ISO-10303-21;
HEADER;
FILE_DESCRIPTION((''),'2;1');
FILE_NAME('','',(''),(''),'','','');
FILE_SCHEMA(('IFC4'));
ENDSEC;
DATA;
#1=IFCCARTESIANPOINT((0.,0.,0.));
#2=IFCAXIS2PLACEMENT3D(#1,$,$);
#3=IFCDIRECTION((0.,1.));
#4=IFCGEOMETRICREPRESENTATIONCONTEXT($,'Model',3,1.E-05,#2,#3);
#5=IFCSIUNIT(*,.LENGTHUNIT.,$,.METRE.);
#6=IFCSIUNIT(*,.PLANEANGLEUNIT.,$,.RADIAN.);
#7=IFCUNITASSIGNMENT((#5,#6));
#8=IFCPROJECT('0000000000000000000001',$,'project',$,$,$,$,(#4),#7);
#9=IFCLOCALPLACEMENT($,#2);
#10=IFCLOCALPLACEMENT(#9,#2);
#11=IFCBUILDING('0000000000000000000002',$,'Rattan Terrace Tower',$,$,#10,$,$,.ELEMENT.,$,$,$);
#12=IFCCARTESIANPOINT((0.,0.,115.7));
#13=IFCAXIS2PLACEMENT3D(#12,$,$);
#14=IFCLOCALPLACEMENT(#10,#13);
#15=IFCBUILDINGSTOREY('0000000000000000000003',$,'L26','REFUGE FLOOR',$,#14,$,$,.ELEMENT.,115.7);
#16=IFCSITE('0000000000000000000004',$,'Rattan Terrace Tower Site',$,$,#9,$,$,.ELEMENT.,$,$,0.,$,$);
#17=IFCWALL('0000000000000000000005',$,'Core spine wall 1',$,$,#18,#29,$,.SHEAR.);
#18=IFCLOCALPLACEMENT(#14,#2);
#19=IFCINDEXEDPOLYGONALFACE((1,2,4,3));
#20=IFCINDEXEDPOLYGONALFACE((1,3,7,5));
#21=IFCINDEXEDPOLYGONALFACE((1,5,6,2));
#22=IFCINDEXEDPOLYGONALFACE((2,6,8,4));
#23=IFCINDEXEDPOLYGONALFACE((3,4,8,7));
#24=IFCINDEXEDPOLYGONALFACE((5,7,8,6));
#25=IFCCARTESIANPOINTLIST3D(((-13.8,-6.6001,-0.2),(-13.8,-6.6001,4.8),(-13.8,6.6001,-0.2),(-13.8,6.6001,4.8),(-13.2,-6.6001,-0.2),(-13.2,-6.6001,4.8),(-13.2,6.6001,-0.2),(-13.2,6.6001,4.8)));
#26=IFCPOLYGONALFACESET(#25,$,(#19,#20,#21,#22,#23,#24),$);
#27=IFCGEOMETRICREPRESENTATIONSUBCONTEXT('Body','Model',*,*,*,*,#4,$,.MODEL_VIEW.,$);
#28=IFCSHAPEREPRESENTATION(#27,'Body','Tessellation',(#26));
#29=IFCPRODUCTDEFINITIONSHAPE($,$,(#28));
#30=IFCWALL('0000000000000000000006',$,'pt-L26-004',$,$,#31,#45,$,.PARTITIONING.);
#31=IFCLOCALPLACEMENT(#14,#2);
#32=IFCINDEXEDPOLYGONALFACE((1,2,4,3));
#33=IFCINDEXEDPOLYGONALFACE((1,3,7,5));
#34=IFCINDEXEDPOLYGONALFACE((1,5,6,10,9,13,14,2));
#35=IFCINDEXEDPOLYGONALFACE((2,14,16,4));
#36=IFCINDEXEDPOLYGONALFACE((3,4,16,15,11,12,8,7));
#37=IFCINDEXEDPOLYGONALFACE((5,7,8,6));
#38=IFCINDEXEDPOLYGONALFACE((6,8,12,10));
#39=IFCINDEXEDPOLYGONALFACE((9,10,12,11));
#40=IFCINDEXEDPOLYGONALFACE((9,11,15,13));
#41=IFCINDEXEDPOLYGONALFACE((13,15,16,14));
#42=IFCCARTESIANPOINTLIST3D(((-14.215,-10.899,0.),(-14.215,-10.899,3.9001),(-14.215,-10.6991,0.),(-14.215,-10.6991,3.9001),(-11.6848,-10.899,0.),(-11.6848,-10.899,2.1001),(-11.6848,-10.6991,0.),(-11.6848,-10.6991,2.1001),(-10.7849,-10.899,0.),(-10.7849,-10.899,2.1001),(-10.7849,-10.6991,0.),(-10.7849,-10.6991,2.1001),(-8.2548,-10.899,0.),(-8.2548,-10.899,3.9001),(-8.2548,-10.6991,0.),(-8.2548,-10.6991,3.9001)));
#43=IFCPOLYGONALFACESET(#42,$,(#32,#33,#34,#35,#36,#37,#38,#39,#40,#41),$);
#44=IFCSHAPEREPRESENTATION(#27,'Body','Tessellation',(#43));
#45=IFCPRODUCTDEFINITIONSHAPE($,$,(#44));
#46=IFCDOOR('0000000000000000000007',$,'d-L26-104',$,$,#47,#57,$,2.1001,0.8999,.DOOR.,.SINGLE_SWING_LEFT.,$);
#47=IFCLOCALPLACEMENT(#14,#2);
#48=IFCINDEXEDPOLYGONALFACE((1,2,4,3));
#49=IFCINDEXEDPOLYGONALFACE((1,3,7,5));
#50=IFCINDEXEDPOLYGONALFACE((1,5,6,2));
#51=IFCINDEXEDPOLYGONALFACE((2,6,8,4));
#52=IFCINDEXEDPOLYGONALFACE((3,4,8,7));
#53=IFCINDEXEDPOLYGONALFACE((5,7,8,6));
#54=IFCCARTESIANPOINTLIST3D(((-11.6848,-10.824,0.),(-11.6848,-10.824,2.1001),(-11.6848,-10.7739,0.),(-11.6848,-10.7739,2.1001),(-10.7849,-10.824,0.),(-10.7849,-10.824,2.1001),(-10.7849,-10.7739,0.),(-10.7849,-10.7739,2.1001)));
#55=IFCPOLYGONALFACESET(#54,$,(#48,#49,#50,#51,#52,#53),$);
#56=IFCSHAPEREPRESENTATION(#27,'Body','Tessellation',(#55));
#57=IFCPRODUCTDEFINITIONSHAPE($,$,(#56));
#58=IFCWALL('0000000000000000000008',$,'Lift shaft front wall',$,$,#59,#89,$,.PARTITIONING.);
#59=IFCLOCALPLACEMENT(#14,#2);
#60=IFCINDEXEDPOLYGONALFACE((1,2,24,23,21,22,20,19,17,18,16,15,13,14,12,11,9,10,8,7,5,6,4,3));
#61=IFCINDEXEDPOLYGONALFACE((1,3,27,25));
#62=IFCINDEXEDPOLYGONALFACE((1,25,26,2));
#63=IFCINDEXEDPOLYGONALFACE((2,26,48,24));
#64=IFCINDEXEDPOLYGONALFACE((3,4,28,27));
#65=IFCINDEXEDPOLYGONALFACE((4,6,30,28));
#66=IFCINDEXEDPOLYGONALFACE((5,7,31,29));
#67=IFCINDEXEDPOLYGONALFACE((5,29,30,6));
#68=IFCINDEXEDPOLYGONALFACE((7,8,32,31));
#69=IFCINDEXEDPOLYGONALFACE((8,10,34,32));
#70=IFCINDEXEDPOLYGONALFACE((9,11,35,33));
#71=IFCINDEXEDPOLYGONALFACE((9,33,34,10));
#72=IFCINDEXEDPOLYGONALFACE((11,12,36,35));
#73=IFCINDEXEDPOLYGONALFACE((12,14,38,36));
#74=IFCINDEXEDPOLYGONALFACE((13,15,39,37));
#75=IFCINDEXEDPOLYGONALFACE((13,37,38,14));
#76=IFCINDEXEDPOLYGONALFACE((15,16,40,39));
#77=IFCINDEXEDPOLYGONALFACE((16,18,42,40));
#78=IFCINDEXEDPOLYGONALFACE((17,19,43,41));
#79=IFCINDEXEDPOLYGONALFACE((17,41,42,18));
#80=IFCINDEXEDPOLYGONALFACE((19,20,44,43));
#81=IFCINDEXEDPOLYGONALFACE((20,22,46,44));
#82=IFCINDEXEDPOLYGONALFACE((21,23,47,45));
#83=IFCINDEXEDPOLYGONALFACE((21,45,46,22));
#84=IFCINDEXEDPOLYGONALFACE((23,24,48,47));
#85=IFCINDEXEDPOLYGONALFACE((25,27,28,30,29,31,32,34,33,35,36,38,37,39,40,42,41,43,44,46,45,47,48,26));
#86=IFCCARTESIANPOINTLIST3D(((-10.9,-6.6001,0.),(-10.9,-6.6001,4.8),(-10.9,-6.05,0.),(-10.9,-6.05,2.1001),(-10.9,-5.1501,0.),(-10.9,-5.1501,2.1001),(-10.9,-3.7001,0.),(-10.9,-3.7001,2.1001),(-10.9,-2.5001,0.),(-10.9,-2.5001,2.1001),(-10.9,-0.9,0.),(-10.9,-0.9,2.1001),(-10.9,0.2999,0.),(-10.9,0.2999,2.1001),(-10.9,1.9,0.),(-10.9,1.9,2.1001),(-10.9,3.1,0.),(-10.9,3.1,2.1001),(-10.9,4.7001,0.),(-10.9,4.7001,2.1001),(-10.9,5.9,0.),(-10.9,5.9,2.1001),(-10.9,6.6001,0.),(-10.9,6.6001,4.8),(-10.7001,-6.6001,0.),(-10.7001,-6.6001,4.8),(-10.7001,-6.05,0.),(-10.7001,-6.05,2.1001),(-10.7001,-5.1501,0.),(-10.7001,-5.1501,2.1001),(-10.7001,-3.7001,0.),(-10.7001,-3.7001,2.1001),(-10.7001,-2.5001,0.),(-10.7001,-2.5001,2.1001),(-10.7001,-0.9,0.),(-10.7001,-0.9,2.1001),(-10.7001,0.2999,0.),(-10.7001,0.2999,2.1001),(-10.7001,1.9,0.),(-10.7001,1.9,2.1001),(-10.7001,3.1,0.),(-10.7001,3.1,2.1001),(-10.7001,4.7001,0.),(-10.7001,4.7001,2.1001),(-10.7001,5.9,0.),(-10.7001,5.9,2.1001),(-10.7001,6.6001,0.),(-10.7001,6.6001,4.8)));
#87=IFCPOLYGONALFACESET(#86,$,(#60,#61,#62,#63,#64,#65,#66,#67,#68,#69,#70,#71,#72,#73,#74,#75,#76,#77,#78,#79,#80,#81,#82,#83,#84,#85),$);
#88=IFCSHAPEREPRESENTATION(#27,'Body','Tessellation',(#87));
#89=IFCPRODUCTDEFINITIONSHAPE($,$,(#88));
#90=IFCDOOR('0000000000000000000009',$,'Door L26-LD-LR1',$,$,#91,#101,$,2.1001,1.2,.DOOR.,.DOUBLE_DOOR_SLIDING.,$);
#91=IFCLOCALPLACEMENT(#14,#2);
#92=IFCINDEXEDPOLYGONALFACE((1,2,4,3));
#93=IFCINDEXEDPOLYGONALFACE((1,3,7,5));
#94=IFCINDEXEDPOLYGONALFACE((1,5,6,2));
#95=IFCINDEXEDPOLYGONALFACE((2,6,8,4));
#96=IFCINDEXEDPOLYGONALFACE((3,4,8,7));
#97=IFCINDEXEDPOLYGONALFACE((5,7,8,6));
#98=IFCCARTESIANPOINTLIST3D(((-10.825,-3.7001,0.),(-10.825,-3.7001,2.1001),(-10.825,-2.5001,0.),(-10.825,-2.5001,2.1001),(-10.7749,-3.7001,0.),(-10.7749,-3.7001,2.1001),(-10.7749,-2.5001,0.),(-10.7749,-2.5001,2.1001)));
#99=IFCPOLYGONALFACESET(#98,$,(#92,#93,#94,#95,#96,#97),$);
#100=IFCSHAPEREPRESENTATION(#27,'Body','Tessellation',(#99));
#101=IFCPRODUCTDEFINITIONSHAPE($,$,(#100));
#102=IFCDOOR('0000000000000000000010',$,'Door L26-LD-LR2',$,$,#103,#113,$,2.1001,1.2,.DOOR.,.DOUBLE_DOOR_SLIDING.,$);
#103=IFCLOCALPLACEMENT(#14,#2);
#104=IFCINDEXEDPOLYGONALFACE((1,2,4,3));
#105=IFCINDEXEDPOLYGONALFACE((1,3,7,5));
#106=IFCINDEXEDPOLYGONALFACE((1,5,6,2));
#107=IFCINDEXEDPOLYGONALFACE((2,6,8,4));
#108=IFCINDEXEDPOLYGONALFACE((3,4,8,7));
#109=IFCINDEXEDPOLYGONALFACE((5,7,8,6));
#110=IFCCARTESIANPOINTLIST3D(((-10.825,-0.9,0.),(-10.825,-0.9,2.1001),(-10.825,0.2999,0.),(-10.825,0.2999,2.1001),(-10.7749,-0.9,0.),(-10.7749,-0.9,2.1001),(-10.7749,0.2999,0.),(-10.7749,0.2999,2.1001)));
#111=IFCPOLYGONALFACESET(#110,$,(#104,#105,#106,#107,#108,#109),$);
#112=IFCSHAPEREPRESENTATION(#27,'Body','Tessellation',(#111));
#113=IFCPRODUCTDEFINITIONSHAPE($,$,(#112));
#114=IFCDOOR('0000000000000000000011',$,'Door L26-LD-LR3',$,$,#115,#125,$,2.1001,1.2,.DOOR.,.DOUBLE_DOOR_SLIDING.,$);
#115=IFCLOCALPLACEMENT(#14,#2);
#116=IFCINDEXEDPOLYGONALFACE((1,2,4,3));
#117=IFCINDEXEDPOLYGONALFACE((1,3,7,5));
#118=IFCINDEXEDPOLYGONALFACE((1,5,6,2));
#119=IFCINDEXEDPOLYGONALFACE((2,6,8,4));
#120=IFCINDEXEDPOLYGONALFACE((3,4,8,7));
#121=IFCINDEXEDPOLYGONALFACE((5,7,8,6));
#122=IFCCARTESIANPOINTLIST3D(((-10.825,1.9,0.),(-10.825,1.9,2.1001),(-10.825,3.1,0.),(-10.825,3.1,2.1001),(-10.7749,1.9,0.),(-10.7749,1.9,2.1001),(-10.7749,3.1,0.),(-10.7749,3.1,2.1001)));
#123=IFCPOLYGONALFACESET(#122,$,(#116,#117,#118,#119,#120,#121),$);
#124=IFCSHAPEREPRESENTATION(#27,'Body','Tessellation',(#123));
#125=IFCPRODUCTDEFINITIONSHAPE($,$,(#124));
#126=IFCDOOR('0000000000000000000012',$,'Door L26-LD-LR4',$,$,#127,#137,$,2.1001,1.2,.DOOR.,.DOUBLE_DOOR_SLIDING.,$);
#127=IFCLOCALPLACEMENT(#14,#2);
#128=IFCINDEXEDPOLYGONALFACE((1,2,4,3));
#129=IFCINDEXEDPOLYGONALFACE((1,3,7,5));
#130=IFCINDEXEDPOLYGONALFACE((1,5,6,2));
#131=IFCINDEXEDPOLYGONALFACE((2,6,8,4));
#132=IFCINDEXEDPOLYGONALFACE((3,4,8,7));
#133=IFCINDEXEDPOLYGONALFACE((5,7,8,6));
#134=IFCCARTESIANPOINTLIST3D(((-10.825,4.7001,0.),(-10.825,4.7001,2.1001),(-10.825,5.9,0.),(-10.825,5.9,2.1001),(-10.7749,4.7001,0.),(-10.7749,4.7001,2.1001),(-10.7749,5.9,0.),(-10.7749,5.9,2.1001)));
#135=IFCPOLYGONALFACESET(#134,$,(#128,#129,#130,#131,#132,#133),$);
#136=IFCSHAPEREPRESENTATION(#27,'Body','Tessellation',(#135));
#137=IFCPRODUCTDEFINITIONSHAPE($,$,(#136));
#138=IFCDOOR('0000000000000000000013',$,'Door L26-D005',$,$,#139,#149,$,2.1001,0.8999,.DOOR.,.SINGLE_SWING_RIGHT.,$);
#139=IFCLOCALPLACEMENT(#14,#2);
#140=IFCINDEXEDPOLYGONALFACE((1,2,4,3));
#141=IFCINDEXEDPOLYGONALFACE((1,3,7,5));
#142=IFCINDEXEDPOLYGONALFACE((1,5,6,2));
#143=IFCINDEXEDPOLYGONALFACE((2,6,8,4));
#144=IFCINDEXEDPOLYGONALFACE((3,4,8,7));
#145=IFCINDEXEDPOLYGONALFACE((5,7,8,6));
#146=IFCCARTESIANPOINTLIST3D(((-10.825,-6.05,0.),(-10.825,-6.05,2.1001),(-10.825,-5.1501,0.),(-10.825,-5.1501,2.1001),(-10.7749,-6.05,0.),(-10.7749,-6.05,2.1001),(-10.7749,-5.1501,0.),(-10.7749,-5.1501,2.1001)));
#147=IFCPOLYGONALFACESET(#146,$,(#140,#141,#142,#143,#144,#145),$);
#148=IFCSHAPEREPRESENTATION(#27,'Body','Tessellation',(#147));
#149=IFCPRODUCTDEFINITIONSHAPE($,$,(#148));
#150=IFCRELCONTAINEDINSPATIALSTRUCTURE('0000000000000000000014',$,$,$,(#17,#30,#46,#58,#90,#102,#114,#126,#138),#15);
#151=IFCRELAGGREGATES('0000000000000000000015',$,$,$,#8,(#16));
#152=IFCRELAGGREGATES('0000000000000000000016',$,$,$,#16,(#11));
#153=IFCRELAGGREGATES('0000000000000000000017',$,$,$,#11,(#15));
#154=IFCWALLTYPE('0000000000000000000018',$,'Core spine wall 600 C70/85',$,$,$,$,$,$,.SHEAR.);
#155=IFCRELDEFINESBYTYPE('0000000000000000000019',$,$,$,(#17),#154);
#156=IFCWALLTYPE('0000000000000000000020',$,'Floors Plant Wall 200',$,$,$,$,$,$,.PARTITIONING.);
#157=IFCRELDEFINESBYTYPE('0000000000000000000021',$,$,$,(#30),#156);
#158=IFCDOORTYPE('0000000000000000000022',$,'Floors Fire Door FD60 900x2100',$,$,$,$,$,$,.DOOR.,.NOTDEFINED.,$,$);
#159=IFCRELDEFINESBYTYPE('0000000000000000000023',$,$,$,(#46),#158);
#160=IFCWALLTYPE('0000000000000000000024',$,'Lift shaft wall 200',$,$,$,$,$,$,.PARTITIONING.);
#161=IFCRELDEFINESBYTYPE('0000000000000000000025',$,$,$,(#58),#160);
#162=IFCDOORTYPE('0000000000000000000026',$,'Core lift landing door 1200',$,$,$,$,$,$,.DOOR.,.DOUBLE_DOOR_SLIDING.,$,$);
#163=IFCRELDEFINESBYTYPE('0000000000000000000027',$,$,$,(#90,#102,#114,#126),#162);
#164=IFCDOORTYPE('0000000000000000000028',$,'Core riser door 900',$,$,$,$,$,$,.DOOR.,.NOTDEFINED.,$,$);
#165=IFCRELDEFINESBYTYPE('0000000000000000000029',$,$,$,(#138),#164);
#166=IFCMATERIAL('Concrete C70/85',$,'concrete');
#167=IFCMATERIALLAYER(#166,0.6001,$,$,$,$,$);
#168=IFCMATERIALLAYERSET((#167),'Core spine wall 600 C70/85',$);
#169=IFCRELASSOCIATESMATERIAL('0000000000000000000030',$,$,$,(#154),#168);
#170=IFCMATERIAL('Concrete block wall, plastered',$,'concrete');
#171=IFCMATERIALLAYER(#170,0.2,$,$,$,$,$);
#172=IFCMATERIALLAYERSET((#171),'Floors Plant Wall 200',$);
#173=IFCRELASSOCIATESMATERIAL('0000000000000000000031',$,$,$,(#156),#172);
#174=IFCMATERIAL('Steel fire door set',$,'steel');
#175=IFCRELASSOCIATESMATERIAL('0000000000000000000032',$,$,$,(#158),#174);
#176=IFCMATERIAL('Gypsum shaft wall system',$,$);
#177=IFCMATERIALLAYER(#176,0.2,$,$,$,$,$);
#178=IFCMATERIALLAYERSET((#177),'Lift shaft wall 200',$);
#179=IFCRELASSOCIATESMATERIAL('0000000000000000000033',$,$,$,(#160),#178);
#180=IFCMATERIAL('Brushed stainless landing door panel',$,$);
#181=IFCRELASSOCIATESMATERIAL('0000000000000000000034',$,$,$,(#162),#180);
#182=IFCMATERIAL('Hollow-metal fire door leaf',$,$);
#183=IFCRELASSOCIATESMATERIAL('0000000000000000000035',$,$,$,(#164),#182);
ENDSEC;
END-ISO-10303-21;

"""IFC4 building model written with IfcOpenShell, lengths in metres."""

from ifc_helpers import new_model, si_unit, direction, frame, frame_2d, origin, place, context, subcontext, project, spatial, rectangle, extrude, material, layer, layer_set, type_object, element, fill, save


model = new_model("IFC4")

# Units and contexts
model_context = context("Model", 3, precision=1e-05, world=origin(), true_north=direction((0.0, 1.0)))
body_context = subcontext(model_context, "Body", "Model", "MODEL_VIEW")
ifc_project = project(units=[si_unit("LENGTHUNIT", "METRE"), si_unit("PLANEANGLEUNIT", "RADIAN")], contexts=[model_context])

# Site, building, storey
site_placement = place(None, origin())
site = spatial("IfcSite", under=ifc_project, at=site_placement, Name="Rattan Terrace Tower Site", CompositionType="ELEMENT", RefElevation=0.0)
building_placement = place(site_placement, origin())
building = spatial("IfcBuilding", under=site, at=building_placement, Name="Rattan Terrace Tower", CompositionType="ELEMENT")
storey_placement = place(building_placement, frame((0.0, 0.0, 115.7)))
storey = spatial("IfcBuildingStorey", under=building, at=storey_placement, Name="L26", Description="REFUGE FLOOR", CompositionType="ELEMENT", Elevation=115.7)

# Wall
ifc_material_1 = material(Name="Concrete C70/85", Category="concrete")
ifc_layer_1 = layer(ifc_material_1, 0.6001)
ifc_layer_set_1 = layer_set([ifc_layer_1], Name="Core spine wall 600 C70/85")
wall_type_1 = type_object("IfcWallType", Name="Core spine wall 600 C70/85", PredefinedType="SHEAR", material=ifc_layer_set_1)
wall_1_placement = place(storey_placement, frame((-13.5, -6.6001, -0.2), z_axis=(0.0, 0.0, 1.0), x_axis=(0.0, 1.0, 0.0)))
element("IfcWall", 1, at=wall_1_placement, inside=storey, type_object=wall_type_1, Name="Core spine wall 1", PredefinedType="SHEAR", context=body_context, shape_type="SweptSolid", body=[
    extrude(rectangle(XDim=13.2002, YDim=0.6001, at=frame_2d((6.6001, 0.0))), origin(), (0.0, 0.0, 1.0), 5.0),
])

# Wall, opening, door
ifc_material_2 = material(Name="Concrete block wall, plastered", Category="concrete")
ifc_layer_2 = layer(ifc_material_2, 0.2)
ifc_layer_set_2 = layer_set([ifc_layer_2], Name="Floors Plant Wall 200")
wall_type_2 = type_object("IfcWallType", Name="Floors Plant Wall 200", PredefinedType="PARTITIONING", material=ifc_layer_set_2)
wall_2_placement = place(storey_placement, frame((-8.2549, -10.7991, 0.0), z_axis=(0.0, 0.0, 1.0), x_axis=(-1.0, 0.0, 0.0)))
wall_2 = element("IfcWall", 2, at=wall_2_placement, inside=storey, type_object=wall_type_2, Name="pt-L26-004", PredefinedType="PARTITIONING", context=body_context, shape_type="SweptSolid", body=[
    extrude(rectangle(XDim=5.9602, YDim=0.2, at=frame_2d((2.98, 0.0))), origin(), (0.0, 0.0, 1.0), 3.9001),
])
opening_1_placement = place(wall_2_placement, frame((2.53, 0.0, 0.0)))
opening_1 = element("IfcOpeningElement", 3, at=opening_1_placement, cuts=wall_2, PredefinedType="OPENING", context=body_context, shape_type="SweptSolid", body=[
    extrude(rectangle(XDim=0.8999, YDim=2.1001, at=frame_2d((0.45, 1.05))), frame((0.0, 0.1106, 0.0), z_axis=(0.0, -1.0, 0.0), x_axis=(1.0, 0.0, 0.0)), (0.0, 0.0, 1.0), 0.2209),
])
ifc_material_3 = material(Name="Steel fire door set", Category="steel")
door_type_1 = type_object("IfcDoorType", Name="Floors Fire Door FD60 900x2100", OperationType="NOTDEFINED", PredefinedType="DOOR", material=ifc_material_3)
door_1_placement = place(opening_1_placement, origin())
door_1 = element("IfcDoor", 4, at=door_1_placement, inside=storey, type_object=door_type_1, Name="d-L26-104", OperationType="SINGLE_SWING_LEFT", OverallHeight=2.1001, OverallWidth=0.8999, PredefinedType="DOOR", context=body_context, shape_type="SweptSolid", body=[
    extrude(rectangle(XDim=0.8999, YDim=2.1001, at=frame_2d((0.45, 1.05))), frame((0.0, 0.0249, 0.0), z_axis=(0.0, -1.0, 0.0), x_axis=(1.0, 0.0, 0.0)), (0.0, 0.0, 1.0), 0.05),
])
fill(opening_1, door_1)

# Wall, openings, doors
ifc_material_4 = material(Name="Gypsum shaft wall system")
ifc_layer_3 = layer(ifc_material_4, 0.2)
ifc_layer_set_3 = layer_set([ifc_layer_3], Name="Lift shaft wall 200")
wall_type_3 = type_object("IfcWallType", Name="Lift shaft wall 200", PredefinedType="PARTITIONING", material=ifc_layer_set_3)
wall_3_placement = place(storey_placement, frame((-10.8, -6.6001, 0.0), z_axis=(0.0, 0.0, 1.0), x_axis=(0.0, 1.0, 0.0)))
wall_3 = element("IfcWall", 5, at=wall_3_placement, inside=storey, type_object=wall_type_3, Name="Lift shaft front wall", PredefinedType="PARTITIONING", context=body_context, shape_type="SweptSolid", body=[
    extrude(rectangle(XDim=13.2002, YDim=0.2, at=frame_2d((6.6001, 0.0))), origin(), (0.0, 0.0, 1.0), 4.8),
])
opening_2_placement = place(wall_3_placement, frame((0.55, 0.0, 0.0)))
opening_2 = element("IfcOpeningElement", 6, at=opening_2_placement, cuts=wall_3, PredefinedType="OPENING", context=body_context, shape_type="SweptSolid", body=[
    extrude(rectangle(XDim=0.8999, YDim=2.1001, at=frame_2d((0.45, 1.05))), frame((0.0, 0.1106, 0.0), z_axis=(0.0, -1.0, 0.0), x_axis=(1.0, 0.0, 0.0)), (0.0, 0.0, 1.0), 0.2209),
])
opening_3_placement = place(wall_3_placement, frame((2.8999, 0.0, 0.0)))
opening_3 = element("IfcOpeningElement", 7, at=opening_3_placement, cuts=wall_3, PredefinedType="OPENING", context=body_context, shape_type="SweptSolid", body=[
    extrude(rectangle(XDim=1.2, YDim=2.1001, at=frame_2d((0.6001, 1.05))), frame((0.0, 0.1106, 0.0), z_axis=(0.0, -1.0, 0.0), x_axis=(1.0, 0.0, 0.0)), (0.0, 0.0, 1.0), 0.2209),
])
opening_4_placement = place(wall_3_placement, frame((5.7, 0.0, 0.0)))
opening_4 = element("IfcOpeningElement", 8, at=opening_4_placement, cuts=wall_3, PredefinedType="OPENING", context=body_context, shape_type="SweptSolid", body=[
    extrude(rectangle(XDim=1.2, YDim=2.1001, at=frame_2d((0.6001, 1.05))), frame((0.0, 0.1106, 0.0), z_axis=(0.0, -1.0, 0.0), x_axis=(1.0, 0.0, 0.0)), (0.0, 0.0, 1.0), 0.2209),
])
opening_5_placement = place(wall_3_placement, frame((8.5, 0.0, 0.0)))
opening_5 = element("IfcOpeningElement", 9, at=opening_5_placement, cuts=wall_3, PredefinedType="OPENING", context=body_context, shape_type="SweptSolid", body=[
    extrude(rectangle(XDim=1.2, YDim=2.1001, at=frame_2d((0.6001, 1.05))), frame((0.0, 0.1106, 0.0), z_axis=(0.0, -1.0, 0.0), x_axis=(1.0, 0.0, 0.0)), (0.0, 0.0, 1.0), 0.2209),
])
opening_6_placement = place(wall_3_placement, frame((11.3, 0.0, 0.0)))
opening_6 = element("IfcOpeningElement", 10, at=opening_6_placement, cuts=wall_3, PredefinedType="OPENING", context=body_context, shape_type="SweptSolid", body=[
    extrude(rectangle(XDim=1.2, YDim=2.1001, at=frame_2d((0.6001, 1.05))), frame((0.0, 0.1106, 0.0), z_axis=(0.0, -1.0, 0.0), x_axis=(1.0, 0.0, 0.0)), (0.0, 0.0, 1.0), 0.2209),
])
ifc_material_5 = material(Name="Brushed stainless landing door panel")
door_type_2 = type_object("IfcDoorType", Name="Core lift landing door 1200", OperationType="DOUBLE_DOOR_SLIDING", PredefinedType="DOOR", material=ifc_material_5)
door_2_placement = place(opening_3_placement, origin())
door_2 = element("IfcDoor", 11, at=door_2_placement, inside=storey, type_object=door_type_2, Name="Door L26-LD-LR1", OperationType="DOUBLE_DOOR_SLIDING", OverallHeight=2.1001, OverallWidth=1.2, PredefinedType="DOOR", context=body_context, shape_type="SweptSolid", body=[
    extrude(rectangle(XDim=1.2, YDim=2.1001, at=frame_2d((0.6001, 1.05))), frame((0.0, 0.0249, 0.0), z_axis=(0.0, -1.0, 0.0), x_axis=(1.0, 0.0, 0.0)), (0.0, 0.0, 1.0), 0.05),
])
fill(opening_3, door_2)
door_3_placement = place(opening_4_placement, origin())
door_3 = element("IfcDoor", 12, at=door_3_placement, inside=storey, type_object=door_type_2, Name="Door L26-LD-LR2", OperationType="DOUBLE_DOOR_SLIDING", OverallHeight=2.1001, OverallWidth=1.2, PredefinedType="DOOR", context=body_context, shape_type="SweptSolid", body=[
    extrude(rectangle(XDim=1.2, YDim=2.1001, at=frame_2d((0.6001, 1.05))), frame((0.0, 0.0249, 0.0), z_axis=(0.0, -1.0, 0.0), x_axis=(1.0, 0.0, 0.0)), (0.0, 0.0, 1.0), 0.05),
])
fill(opening_4, door_3)
door_4_placement = place(opening_5_placement, origin())
door_4 = element("IfcDoor", 13, at=door_4_placement, inside=storey, type_object=door_type_2, Name="Door L26-LD-LR3", OperationType="DOUBLE_DOOR_SLIDING", OverallHeight=2.1001, OverallWidth=1.2, PredefinedType="DOOR", context=body_context, shape_type="SweptSolid", body=[
    extrude(rectangle(XDim=1.2, YDim=2.1001, at=frame_2d((0.6001, 1.05))), frame((0.0, 0.0249, 0.0), z_axis=(0.0, -1.0, 0.0), x_axis=(1.0, 0.0, 0.0)), (0.0, 0.0, 1.0), 0.05),
])
fill(opening_5, door_4)
door_5_placement = place(opening_6_placement, origin())
door_5 = element("IfcDoor", 14, at=door_5_placement, inside=storey, type_object=door_type_2, Name="Door L26-LD-LR4", OperationType="DOUBLE_DOOR_SLIDING", OverallHeight=2.1001, OverallWidth=1.2, PredefinedType="DOOR", context=body_context, shape_type="SweptSolid", body=[
    extrude(rectangle(XDim=1.2, YDim=2.1001, at=frame_2d((0.6001, 1.05))), frame((0.0, 0.0249, 0.0), z_axis=(0.0, -1.0, 0.0), x_axis=(1.0, 0.0, 0.0)), (0.0, 0.0, 1.0), 0.05),
])
fill(opening_6, door_5)
ifc_material_6 = material(Name="Hollow-metal fire door leaf")
door_type_3 = type_object("IfcDoorType", Name="Core riser door 900", OperationType="NOTDEFINED", PredefinedType="DOOR", material=ifc_material_6)
door_6_placement = place(opening_2_placement, origin())
door_6 = element("IfcDoor", 15, at=door_6_placement, inside=storey, type_object=door_type_3, Name="Door L26-D005", OperationType="SINGLE_SWING_RIGHT", OverallHeight=2.1001, OverallWidth=0.8999, PredefinedType="DOOR", context=body_context, shape_type="SweptSolid", body=[
    extrude(rectangle(XDim=0.8999, YDim=2.1001, at=frame_2d((0.45, 1.05))), frame((0.0, 0.0249, 0.0), z_axis=(0.0, -1.0, 0.0), x_axis=(1.0, 0.0, 0.0)), (0.0, 0.0, 1.0), 0.05),
])
fill(opening_2, door_6)

save(model, "model.ifc")
